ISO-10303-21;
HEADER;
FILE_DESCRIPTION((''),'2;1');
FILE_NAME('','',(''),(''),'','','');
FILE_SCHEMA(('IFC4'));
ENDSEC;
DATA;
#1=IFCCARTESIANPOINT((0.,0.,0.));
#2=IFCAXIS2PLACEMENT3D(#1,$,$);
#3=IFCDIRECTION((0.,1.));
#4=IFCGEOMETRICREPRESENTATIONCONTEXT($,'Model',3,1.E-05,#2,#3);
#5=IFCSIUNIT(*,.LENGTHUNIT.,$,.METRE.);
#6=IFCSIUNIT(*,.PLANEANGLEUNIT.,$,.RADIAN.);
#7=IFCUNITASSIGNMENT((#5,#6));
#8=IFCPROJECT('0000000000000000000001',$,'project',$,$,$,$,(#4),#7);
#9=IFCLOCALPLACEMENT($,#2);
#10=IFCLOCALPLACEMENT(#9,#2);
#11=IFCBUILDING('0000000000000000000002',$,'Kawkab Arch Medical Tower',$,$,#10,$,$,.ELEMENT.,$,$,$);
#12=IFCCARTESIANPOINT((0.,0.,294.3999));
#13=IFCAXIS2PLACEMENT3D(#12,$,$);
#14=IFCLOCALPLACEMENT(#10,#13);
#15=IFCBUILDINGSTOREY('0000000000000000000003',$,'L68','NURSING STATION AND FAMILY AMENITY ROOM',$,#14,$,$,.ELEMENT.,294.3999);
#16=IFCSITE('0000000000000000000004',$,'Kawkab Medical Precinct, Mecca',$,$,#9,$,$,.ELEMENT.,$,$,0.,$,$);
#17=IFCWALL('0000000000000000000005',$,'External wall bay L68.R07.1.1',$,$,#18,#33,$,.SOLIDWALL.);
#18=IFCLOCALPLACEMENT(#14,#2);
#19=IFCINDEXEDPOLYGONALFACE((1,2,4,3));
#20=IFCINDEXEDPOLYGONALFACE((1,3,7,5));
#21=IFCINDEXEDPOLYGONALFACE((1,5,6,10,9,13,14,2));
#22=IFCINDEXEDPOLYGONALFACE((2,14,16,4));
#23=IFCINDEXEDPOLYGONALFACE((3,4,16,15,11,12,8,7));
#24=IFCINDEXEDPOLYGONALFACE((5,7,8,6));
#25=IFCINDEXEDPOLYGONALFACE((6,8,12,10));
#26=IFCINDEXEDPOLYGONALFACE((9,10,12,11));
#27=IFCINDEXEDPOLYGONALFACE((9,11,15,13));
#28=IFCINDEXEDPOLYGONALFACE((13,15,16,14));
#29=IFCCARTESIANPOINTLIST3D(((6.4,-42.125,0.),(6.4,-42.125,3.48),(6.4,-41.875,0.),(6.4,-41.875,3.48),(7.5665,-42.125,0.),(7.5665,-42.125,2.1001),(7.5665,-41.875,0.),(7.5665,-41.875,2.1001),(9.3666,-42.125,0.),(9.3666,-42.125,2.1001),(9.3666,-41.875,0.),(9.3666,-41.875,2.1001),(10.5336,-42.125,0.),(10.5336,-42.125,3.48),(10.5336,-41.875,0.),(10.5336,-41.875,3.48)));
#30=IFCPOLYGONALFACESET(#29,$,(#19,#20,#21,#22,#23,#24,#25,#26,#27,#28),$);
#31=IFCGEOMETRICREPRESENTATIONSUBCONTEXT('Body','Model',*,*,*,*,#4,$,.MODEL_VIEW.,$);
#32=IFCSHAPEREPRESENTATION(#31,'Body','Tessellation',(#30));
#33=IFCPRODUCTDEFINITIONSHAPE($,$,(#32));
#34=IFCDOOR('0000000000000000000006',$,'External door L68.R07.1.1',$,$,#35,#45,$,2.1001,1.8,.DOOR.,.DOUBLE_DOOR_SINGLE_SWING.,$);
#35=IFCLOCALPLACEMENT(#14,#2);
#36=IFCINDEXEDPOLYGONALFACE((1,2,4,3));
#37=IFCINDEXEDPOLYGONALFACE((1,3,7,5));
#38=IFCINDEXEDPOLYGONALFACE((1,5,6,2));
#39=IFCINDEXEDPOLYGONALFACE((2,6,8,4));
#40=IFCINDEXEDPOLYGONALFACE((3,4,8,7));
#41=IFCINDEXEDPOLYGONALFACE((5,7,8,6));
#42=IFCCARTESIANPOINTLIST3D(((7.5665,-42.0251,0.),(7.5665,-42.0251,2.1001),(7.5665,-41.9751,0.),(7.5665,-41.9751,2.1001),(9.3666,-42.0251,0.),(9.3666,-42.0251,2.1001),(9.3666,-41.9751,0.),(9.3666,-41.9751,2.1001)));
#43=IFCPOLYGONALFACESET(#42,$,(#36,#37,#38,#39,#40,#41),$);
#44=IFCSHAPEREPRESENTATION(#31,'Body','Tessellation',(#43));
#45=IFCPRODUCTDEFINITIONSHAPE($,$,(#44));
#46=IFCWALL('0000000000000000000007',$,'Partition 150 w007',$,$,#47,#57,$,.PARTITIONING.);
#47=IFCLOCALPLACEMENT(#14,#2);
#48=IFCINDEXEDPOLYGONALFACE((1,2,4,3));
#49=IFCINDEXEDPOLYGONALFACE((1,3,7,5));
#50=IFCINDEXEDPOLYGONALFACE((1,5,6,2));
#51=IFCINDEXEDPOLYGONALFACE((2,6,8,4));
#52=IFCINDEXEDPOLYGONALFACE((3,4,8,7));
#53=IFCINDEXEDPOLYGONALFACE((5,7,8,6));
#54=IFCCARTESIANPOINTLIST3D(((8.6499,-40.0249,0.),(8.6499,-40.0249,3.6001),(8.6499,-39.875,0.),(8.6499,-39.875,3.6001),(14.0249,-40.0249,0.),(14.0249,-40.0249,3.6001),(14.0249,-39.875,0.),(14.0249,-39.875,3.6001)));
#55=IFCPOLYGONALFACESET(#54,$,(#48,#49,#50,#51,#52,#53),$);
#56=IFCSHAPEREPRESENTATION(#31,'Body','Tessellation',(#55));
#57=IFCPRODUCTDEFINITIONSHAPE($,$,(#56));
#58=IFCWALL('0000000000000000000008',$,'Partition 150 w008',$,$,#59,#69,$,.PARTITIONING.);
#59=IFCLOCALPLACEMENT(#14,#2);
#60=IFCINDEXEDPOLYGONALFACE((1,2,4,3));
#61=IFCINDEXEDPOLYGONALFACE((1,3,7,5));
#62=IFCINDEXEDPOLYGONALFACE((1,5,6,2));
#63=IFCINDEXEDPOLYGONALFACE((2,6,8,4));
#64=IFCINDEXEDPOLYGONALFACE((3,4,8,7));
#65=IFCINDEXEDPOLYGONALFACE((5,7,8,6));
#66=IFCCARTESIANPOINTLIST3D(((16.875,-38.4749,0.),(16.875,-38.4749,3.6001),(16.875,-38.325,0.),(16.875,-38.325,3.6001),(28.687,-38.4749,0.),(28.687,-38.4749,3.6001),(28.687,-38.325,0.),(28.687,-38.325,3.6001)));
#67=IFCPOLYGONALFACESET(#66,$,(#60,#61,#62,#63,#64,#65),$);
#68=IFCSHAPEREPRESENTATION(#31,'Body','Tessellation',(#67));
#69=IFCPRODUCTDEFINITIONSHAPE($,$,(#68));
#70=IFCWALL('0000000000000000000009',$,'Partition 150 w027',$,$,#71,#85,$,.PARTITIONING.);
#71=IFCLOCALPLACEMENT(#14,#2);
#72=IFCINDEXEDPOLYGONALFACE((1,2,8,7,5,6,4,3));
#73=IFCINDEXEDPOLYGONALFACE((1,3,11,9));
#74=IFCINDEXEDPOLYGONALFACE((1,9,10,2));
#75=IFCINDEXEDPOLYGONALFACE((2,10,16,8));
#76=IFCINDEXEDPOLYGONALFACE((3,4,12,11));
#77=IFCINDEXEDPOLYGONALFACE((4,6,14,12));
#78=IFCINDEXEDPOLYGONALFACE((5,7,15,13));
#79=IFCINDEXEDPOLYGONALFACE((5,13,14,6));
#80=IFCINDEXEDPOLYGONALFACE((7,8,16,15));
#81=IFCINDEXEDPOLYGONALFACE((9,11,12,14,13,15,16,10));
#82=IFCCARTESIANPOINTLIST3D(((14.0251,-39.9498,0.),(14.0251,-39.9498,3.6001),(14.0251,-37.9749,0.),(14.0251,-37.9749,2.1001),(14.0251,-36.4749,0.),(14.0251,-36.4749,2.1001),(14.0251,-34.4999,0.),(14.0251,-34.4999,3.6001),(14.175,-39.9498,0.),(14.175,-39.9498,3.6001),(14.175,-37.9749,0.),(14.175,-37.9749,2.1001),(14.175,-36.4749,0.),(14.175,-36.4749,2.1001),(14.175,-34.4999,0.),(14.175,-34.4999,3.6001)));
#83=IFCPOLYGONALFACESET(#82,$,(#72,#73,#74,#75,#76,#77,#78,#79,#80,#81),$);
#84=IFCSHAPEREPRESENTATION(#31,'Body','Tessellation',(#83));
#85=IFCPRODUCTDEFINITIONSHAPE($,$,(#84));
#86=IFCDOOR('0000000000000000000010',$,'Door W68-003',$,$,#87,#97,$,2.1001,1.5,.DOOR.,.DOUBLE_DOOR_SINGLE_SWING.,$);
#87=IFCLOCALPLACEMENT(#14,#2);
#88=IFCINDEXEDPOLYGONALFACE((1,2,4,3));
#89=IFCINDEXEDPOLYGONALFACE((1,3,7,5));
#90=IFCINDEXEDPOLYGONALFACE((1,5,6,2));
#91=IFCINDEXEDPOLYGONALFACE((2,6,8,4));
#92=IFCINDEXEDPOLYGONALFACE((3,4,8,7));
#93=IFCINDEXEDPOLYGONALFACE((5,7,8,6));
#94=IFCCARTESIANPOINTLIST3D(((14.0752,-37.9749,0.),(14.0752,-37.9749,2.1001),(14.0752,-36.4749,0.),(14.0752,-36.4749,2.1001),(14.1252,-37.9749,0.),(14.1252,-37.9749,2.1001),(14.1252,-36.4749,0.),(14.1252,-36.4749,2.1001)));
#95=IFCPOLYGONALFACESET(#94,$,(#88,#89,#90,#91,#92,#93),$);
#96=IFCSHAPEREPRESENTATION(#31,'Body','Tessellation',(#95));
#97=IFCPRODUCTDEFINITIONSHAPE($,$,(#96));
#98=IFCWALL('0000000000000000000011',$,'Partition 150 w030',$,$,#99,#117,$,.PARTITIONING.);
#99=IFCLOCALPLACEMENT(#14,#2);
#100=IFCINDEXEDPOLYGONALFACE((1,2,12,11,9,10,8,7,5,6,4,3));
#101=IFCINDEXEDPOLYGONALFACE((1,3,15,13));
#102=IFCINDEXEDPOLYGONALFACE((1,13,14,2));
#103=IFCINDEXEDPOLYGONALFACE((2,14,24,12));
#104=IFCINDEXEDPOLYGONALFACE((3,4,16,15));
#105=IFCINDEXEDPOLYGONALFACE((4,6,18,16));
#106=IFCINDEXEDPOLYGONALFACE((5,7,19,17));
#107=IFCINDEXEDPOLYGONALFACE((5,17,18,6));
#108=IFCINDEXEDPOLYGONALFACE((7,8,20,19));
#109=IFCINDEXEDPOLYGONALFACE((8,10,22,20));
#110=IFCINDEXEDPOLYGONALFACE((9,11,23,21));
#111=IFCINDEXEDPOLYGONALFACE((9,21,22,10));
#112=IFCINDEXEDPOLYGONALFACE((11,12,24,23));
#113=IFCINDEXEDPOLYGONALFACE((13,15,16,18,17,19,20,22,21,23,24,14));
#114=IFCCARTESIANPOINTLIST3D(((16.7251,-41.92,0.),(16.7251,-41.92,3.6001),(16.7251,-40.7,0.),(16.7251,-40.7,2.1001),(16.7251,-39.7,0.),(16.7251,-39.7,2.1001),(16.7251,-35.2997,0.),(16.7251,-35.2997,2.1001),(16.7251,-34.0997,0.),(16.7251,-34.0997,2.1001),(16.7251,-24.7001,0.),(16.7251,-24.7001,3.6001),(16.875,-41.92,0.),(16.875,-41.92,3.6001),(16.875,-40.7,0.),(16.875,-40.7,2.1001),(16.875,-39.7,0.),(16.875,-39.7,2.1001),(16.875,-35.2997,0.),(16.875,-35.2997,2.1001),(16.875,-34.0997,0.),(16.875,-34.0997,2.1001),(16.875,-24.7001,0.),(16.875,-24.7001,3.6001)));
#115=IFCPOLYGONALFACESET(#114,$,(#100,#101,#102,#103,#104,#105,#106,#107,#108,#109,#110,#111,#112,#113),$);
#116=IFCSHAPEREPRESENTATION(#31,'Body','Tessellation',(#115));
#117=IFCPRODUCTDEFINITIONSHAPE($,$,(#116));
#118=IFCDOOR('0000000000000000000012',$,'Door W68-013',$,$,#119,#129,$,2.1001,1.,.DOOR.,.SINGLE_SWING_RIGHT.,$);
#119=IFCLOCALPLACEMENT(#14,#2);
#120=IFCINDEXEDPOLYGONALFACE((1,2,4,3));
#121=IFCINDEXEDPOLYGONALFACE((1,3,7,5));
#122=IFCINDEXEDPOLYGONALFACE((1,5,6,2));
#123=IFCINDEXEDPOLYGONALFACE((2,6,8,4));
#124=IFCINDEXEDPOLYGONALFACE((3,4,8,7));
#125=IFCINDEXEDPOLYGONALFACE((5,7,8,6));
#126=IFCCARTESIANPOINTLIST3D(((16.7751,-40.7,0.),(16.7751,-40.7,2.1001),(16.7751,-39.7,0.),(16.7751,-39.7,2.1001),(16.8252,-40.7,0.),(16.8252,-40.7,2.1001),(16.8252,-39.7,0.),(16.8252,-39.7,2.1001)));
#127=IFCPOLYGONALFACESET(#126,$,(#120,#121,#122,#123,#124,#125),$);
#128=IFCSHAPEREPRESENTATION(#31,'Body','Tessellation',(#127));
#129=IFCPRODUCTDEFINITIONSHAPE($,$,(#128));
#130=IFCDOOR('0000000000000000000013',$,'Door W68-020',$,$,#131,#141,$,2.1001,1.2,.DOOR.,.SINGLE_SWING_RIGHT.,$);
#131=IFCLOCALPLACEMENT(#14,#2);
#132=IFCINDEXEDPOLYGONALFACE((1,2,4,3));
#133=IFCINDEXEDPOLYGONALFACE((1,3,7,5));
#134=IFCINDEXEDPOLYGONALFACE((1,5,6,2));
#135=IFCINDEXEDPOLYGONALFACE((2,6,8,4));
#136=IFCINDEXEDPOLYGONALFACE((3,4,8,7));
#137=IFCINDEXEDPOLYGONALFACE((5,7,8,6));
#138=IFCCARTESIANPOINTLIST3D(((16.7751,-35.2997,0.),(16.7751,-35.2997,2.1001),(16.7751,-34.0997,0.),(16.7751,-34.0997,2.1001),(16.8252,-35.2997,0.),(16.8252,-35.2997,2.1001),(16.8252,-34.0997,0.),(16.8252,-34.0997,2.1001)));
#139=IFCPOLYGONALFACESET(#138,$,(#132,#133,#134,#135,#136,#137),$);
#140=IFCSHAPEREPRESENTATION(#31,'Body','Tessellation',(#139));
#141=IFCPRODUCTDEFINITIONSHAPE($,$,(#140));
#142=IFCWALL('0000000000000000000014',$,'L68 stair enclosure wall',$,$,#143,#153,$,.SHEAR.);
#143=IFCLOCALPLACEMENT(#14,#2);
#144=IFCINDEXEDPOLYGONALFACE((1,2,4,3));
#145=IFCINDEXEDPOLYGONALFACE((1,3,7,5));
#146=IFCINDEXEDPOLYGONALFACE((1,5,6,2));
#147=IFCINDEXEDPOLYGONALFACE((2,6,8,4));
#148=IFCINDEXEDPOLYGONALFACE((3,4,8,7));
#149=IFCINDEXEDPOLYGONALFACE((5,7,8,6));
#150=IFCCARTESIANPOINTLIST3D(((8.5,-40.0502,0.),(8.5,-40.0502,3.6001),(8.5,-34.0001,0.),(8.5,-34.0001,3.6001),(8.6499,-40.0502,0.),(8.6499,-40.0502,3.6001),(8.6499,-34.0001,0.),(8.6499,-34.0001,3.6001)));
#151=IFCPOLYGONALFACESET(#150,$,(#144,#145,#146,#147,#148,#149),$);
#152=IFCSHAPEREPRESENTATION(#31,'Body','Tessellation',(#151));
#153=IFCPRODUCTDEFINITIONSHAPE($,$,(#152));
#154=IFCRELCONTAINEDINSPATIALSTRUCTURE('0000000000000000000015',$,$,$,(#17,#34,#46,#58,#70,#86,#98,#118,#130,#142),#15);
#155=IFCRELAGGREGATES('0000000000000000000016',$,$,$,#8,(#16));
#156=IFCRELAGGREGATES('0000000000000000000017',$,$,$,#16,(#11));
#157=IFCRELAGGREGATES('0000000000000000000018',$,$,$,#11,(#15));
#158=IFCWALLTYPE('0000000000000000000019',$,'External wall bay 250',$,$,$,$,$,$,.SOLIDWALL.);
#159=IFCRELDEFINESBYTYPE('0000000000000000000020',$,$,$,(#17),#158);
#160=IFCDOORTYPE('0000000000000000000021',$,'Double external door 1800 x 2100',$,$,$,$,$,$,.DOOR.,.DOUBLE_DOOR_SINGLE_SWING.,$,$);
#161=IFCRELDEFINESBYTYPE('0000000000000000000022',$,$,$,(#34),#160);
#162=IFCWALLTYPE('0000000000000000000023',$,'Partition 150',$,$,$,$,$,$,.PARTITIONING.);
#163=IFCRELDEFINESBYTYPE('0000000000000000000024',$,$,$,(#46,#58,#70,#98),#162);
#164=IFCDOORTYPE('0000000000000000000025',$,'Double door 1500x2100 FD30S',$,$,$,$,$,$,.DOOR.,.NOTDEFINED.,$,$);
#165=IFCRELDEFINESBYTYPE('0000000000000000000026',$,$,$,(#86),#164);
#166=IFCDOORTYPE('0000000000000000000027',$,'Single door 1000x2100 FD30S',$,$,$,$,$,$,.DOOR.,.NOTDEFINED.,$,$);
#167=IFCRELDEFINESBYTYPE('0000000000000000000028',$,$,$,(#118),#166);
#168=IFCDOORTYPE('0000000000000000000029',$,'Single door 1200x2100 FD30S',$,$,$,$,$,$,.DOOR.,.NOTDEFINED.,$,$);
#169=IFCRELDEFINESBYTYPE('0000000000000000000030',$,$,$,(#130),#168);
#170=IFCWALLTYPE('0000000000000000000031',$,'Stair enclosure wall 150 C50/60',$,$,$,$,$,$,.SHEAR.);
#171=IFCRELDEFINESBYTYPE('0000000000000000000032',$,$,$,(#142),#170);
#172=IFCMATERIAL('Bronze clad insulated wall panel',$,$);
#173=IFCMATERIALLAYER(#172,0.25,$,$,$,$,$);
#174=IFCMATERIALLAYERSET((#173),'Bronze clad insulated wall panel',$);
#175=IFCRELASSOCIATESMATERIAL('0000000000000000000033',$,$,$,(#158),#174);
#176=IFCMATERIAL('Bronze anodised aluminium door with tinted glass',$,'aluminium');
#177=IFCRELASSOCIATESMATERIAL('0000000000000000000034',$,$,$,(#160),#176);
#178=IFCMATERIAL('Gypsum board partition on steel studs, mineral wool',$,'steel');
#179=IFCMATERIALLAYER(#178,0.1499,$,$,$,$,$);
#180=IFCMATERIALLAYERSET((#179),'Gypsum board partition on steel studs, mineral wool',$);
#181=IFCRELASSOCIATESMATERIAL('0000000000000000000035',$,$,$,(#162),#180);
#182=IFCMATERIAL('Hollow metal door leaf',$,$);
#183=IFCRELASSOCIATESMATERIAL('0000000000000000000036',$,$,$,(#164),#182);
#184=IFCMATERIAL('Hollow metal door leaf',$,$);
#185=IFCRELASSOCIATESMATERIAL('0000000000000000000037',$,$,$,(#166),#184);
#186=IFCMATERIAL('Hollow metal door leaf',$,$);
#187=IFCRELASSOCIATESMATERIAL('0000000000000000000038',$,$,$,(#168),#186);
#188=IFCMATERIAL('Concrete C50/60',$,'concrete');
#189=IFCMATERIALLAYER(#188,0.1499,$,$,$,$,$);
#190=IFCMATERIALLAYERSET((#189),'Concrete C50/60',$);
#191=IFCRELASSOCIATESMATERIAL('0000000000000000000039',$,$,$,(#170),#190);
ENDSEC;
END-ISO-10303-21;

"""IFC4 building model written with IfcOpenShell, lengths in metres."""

from ifc_helpers import new_model, si_unit, direction, frame, frame_2d, origin, place, context, subcontext, project, spatial, rectangle, extrude, material, layer, layer_set, type_object, element, fill, save


model = new_model("IFC4")

# Units and contexts
model_context = context("Model", 3, precision=1e-05, world=origin(), true_north=direction((0.0, 1.0)))
body_context = subcontext(model_context, "Body", "Model", "MODEL_VIEW")
ifc_project = project(units=[si_unit("LENGTHUNIT", "METRE"), si_unit("PLANEANGLEUNIT", "RADIAN")], contexts=[model_context])

# Site, building, storey
site_placement = place(None, origin())
site = spatial("IfcSite", under=ifc_project, at=site_placement, Name="Kawkab Medical Precinct, Mecca", CompositionType="ELEMENT", RefElevation=0.0)
building_placement = place(site_placement, origin())
building = spatial("IfcBuilding", under=site, at=building_placement, Name="Kawkab Arch Medical Tower", CompositionType="ELEMENT")
storey_placement = place(building_placement, frame((0.0, 0.0, 294.3999)))
storey = spatial("IfcBuildingStorey", under=building, at=storey_placement, Name="L68", Description="NURSING STATION AND FAMILY AMENITY ROOM", CompositionType="ELEMENT", Elevation=294.3999)

# Wall, opening, door
ifc_material_1 = material(Name="Bronze clad insulated wall panel")
ifc_layer_1 = layer(ifc_material_1, 0.25)
ifc_layer_set_1 = layer_set([ifc_layer_1], Name="Bronze clad insulated wall panel")
wall_type_1 = type_object("IfcWallType", Name="External wall bay 250", PredefinedType="SOLIDWALL", material=ifc_layer_set_1)
wall_1_placement = place(storey_placement, frame((6.3999, -42.0, 0.0), z_axis=(0.0, 0.0, 1.0), x_axis=(1.0, 0.0, 0.0)))
wall_1 = element("IfcWall", 1, at=wall_1_placement, inside=storey, type_object=wall_type_1, Name="External wall bay L68.R07.1.1", PredefinedType="SOLIDWALL", context=body_context, shape_type="SweptSolid", body=[
    extrude(rectangle(XDim=4.1335, YDim=0.25, at=frame_2d((2.0669, 0.0))), origin(), (0.0, 0.0, 1.0), 3.48),
])
opening_1_placement = place(wall_1_placement, frame((1.1667, 0.0, 0.0)))
opening_1 = element("IfcOpeningElement", 2, at=opening_1_placement, cuts=wall_1, PredefinedType="OPENING", context=body_context, shape_type="SweptSolid", body=[
    extrude(rectangle(XDim=1.8, YDim=2.1001, at=frame_2d((0.8999, 1.05))), frame((0.0, 0.135, 0.0), z_axis=(0.0, -1.0, 0.0), x_axis=(1.0, 0.0, 0.0)), (0.0, 0.0, 1.0), 0.27),
])
ifc_material_2 = material(Name="Bronze anodised aluminium door with tinted glass", Category="aluminium")
door_type_1 = type_object("IfcDoorType", Name="Double external door 1800 x 2100", OperationType="DOUBLE_DOOR_SINGLE_SWING", PredefinedType="DOOR", material=ifc_material_2)
door_1_placement = place(opening_1_placement, origin())
door_1 = element("IfcDoor", 3, at=door_1_placement, inside=storey, type_object=door_type_1, Name="External door L68.R07.1.1", OperationType="DOUBLE_DOOR_SINGLE_SWING", OverallHeight=2.1001, OverallWidth=1.8, PredefinedType="DOOR", context=body_context, shape_type="SweptSolid", body=[
    extrude(rectangle(XDim=1.8, YDim=2.1001, at=frame_2d((0.8999, 1.05))), frame((0.0, 0.0249, 0.0), z_axis=(0.0, -1.0, 0.0), x_axis=(1.0, 0.0, 0.0)), (0.0, 0.0, 1.0), 0.05),
])
fill(opening_1, door_1)

# Walls
ifc_material_3 = material(Name="Gypsum board partition on steel studs, mineral wool", Category="steel")
ifc_layer_2 = layer(ifc_material_3, 0.1499)
ifc_layer_set_2 = layer_set([ifc_layer_2], Name="Gypsum board partition on steel studs, mineral wool")
wall_type_2 = type_object("IfcWallType", Name="Partition 150", PredefinedType="PARTITIONING", material=ifc_layer_set_2)
wall_2_placement = place(storey_placement, frame((8.6499, -39.95, 0.0), z_axis=(0.0, 0.0, 1.0), x_axis=(1.0, 0.0, 0.0)))
element("IfcWall", 4, at=wall_2_placement, inside=storey, type_object=wall_type_2, Name="Partition 150 w007", PredefinedType="PARTITIONING", context=body_context, shape_type="SweptSolid", body=[
    extrude(rectangle(XDim=5.375, YDim=0.1499, at=frame_2d((2.6875, 0.0))), origin(), (0.0, 0.0, 1.0), 3.6001),
])
wall_3_placement = place(storey_placement, frame((16.875, -38.3999, 0.0), z_axis=(0.0, 0.0, 1.0), x_axis=(1.0, 0.0, 0.0)))
element("IfcWall", 5, at=wall_3_placement, inside=storey, type_object=wall_type_2, Name="Partition 150 w008", PredefinedType="PARTITIONING", context=body_context, shape_type="SweptSolid", body=[
    extrude(rectangle(XDim=11.812, YDim=0.1499, at=frame_2d((5.906, 0.0))), origin(), (0.0, 0.0, 1.0), 3.6001),
])

# Wall, opening, door
wall_4_placement = place(storey_placement, frame((14.1001, -39.95, 0.0), z_axis=(0.0, 0.0, 1.0), x_axis=(0.0, 1.0, 0.0)))
wall_4 = element("IfcWall", 6, at=wall_4_placement, inside=storey, type_object=wall_type_2, Name="Partition 150 w027", PredefinedType="PARTITIONING", context=body_context, shape_type="SweptSolid", body=[
    extrude(rectangle(XDim=5.45, YDim=0.1499, at=frame_2d((2.7251, 0.0))), origin(), (0.0, 0.0, 1.0), 3.6001),
])
opening_2_placement = place(wall_4_placement, frame((1.9751, 0.0, 0.0)))
opening_2 = element("IfcOpeningElement", 7, at=opening_2_placement, cuts=wall_4, PredefinedType="OPENING", context=body_context, shape_type="SweptSolid", body=[
    extrude(rectangle(XDim=1.5, YDim=2.1001, at=frame_2d((0.75, 1.05))), frame((0.0, 0.085, 0.0), z_axis=(0.0, -1.0, 0.0), x_axis=(1.0, 0.0, 0.0)), (0.0, 0.0, 1.0), 0.1699),
])
ifc_material_4 = material(Name="Hollow metal door leaf")
door_type_2 = type_object("IfcDoorType", Name="Double door 1500x2100 FD30S", OperationType="NOTDEFINED", PredefinedType="DOOR", material=ifc_material_4)
door_2_placement = place(opening_2_placement, origin())
door_2 = element("IfcDoor", 8, at=door_2_placement, inside=storey, type_object=door_type_2, Name="Door W68-003", OperationType="DOUBLE_DOOR_SINGLE_SWING", OverallHeight=2.1001, OverallWidth=1.5, PredefinedType="DOOR", context=body_context, shape_type="SweptSolid", body=[
    extrude(rectangle(XDim=1.5, YDim=2.1001, at=frame_2d((0.75, 1.05))), frame((0.0, 0.0249, 0.0), z_axis=(0.0, -1.0, 0.0), x_axis=(1.0, 0.0, 0.0)), (0.0, 0.0, 1.0), 0.05),
])
fill(opening_2, door_2)

# Wall, openings, doors
wall_5_placement = place(storey_placement, frame((16.8, -41.9199, 0.0), z_axis=(0.0, 0.0, 1.0), x_axis=(0.0, 1.0, 0.0)))
wall_5 = element("IfcWall", 9, at=wall_5_placement, inside=storey, type_object=wall_type_2, Name="Partition 150 w030", PredefinedType="PARTITIONING", context=body_context, shape_type="SweptSolid", body=[
    extrude(rectangle(XDim=17.22, YDim=0.1499, at=frame_2d((8.6099, 0.0))), origin(), (0.0, 0.0, 1.0), 3.6001),
])
opening_3_placement = place(wall_5_placement, frame((6.6201, 0.0, 0.0)))
opening_3 = element("IfcOpeningElement", 10, at=opening_3_placement, cuts=wall_5, PredefinedType="OPENING", context=body_context, shape_type="SweptSolid", body=[
    extrude(rectangle(XDim=1.2, YDim=2.1001, at=frame_2d((0.6001, 1.05))), frame((0.0, 0.085, 0.0), z_axis=(0.0, -1.0, 0.0), x_axis=(1.0, 0.0, 0.0)), (0.0, 0.0, 1.0), 0.1699),
])
opening_4_placement = place(wall_5_placement, frame((1.22, 0.0, 0.0)))
opening_4 = element("IfcOpeningElement", 11, at=opening_4_placement, cuts=wall_5, PredefinedType="OPENING", context=body_context, shape_type="SweptSolid", body=[
    extrude(rectangle(XDim=1.0, YDim=2.1001, at=frame_2d((0.5, 1.05))), frame((0.0, 0.085, 0.0), z_axis=(0.0, -1.0, 0.0), x_axis=(1.0, 0.0, 0.0)), (0.0, 0.0, 1.0), 0.1699),
])
ifc_material_5 = material(Name="Hollow metal door leaf")
door_type_3 = type_object("IfcDoorType", Name="Single door 1000x2100 FD30S", OperationType="NOTDEFINED", PredefinedType="DOOR", material=ifc_material_5)
door_3_placement = place(opening_4_placement, origin())
door_3 = element("IfcDoor", 12, at=door_3_placement, inside=storey, type_object=door_type_3, Name="Door W68-013", OperationType="SINGLE_SWING_RIGHT", OverallHeight=2.1001, OverallWidth=1.0, PredefinedType="DOOR", context=body_context, shape_type="SweptSolid", body=[
    extrude(rectangle(XDim=1.0, YDim=2.1001, at=frame_2d((0.5, 1.05))), frame((0.0, 0.0249, 0.0), z_axis=(0.0, -1.0, 0.0), x_axis=(1.0, 0.0, 0.0)), (0.0, 0.0, 1.0), 0.05),
])
fill(opening_4, door_3)
ifc_material_6 = material(Name="Hollow metal door leaf")
door_type_4 = type_object("IfcDoorType", Name="Single door 1200x2100 FD30S", OperationType="NOTDEFINED", PredefinedType="DOOR", material=ifc_material_6)
door_4_placement = place(opening_3_placement, origin())
door_4 = element("IfcDoor", 13, at=door_4_placement, inside=storey, type_object=door_type_4, Name="Door W68-020", OperationType="SINGLE_SWING_RIGHT", OverallHeight=2.1001, OverallWidth=1.2, PredefinedType="DOOR", context=body_context, shape_type="SweptSolid", body=[
    extrude(rectangle(XDim=1.2, YDim=2.1001, at=frame_2d((0.6001, 1.05))), frame((0.0, 0.0249, 0.0), z_axis=(0.0, -1.0, 0.0), x_axis=(1.0, 0.0, 0.0)), (0.0, 0.0, 1.0), 0.05),
])
fill(opening_3, door_4)

# Wall
ifc_material_7 = material(Name="Concrete C50/60", Category="concrete")
ifc_layer_3 = layer(ifc_material_7, 0.1499)
ifc_layer_set_3 = layer_set([ifc_layer_3], Name="Concrete C50/60")
wall_type_3 = type_object("IfcWallType", Name="Stair enclosure wall 150 C50/60", PredefinedType="SHEAR", material=ifc_layer_set_3)
wall_6_placement = place(storey_placement, frame((8.575, -40.05, 0.0), z_axis=(0.0, 0.0, 1.0), x_axis=(0.0, 1.0, 0.0)))
element("IfcWall", 14, at=wall_6_placement, inside=storey, type_object=wall_type_3, Name="L68 stair enclosure wall", PredefinedType="SHEAR", context=body_context, shape_type="SweptSolid", body=[
    extrude(rectangle(XDim=6.05, YDim=0.1499, at=frame_2d((3.0249, 0.0))), origin(), (0.0, 0.0, 1.0), 3.6001),
])

save(model, "model.ifc")
